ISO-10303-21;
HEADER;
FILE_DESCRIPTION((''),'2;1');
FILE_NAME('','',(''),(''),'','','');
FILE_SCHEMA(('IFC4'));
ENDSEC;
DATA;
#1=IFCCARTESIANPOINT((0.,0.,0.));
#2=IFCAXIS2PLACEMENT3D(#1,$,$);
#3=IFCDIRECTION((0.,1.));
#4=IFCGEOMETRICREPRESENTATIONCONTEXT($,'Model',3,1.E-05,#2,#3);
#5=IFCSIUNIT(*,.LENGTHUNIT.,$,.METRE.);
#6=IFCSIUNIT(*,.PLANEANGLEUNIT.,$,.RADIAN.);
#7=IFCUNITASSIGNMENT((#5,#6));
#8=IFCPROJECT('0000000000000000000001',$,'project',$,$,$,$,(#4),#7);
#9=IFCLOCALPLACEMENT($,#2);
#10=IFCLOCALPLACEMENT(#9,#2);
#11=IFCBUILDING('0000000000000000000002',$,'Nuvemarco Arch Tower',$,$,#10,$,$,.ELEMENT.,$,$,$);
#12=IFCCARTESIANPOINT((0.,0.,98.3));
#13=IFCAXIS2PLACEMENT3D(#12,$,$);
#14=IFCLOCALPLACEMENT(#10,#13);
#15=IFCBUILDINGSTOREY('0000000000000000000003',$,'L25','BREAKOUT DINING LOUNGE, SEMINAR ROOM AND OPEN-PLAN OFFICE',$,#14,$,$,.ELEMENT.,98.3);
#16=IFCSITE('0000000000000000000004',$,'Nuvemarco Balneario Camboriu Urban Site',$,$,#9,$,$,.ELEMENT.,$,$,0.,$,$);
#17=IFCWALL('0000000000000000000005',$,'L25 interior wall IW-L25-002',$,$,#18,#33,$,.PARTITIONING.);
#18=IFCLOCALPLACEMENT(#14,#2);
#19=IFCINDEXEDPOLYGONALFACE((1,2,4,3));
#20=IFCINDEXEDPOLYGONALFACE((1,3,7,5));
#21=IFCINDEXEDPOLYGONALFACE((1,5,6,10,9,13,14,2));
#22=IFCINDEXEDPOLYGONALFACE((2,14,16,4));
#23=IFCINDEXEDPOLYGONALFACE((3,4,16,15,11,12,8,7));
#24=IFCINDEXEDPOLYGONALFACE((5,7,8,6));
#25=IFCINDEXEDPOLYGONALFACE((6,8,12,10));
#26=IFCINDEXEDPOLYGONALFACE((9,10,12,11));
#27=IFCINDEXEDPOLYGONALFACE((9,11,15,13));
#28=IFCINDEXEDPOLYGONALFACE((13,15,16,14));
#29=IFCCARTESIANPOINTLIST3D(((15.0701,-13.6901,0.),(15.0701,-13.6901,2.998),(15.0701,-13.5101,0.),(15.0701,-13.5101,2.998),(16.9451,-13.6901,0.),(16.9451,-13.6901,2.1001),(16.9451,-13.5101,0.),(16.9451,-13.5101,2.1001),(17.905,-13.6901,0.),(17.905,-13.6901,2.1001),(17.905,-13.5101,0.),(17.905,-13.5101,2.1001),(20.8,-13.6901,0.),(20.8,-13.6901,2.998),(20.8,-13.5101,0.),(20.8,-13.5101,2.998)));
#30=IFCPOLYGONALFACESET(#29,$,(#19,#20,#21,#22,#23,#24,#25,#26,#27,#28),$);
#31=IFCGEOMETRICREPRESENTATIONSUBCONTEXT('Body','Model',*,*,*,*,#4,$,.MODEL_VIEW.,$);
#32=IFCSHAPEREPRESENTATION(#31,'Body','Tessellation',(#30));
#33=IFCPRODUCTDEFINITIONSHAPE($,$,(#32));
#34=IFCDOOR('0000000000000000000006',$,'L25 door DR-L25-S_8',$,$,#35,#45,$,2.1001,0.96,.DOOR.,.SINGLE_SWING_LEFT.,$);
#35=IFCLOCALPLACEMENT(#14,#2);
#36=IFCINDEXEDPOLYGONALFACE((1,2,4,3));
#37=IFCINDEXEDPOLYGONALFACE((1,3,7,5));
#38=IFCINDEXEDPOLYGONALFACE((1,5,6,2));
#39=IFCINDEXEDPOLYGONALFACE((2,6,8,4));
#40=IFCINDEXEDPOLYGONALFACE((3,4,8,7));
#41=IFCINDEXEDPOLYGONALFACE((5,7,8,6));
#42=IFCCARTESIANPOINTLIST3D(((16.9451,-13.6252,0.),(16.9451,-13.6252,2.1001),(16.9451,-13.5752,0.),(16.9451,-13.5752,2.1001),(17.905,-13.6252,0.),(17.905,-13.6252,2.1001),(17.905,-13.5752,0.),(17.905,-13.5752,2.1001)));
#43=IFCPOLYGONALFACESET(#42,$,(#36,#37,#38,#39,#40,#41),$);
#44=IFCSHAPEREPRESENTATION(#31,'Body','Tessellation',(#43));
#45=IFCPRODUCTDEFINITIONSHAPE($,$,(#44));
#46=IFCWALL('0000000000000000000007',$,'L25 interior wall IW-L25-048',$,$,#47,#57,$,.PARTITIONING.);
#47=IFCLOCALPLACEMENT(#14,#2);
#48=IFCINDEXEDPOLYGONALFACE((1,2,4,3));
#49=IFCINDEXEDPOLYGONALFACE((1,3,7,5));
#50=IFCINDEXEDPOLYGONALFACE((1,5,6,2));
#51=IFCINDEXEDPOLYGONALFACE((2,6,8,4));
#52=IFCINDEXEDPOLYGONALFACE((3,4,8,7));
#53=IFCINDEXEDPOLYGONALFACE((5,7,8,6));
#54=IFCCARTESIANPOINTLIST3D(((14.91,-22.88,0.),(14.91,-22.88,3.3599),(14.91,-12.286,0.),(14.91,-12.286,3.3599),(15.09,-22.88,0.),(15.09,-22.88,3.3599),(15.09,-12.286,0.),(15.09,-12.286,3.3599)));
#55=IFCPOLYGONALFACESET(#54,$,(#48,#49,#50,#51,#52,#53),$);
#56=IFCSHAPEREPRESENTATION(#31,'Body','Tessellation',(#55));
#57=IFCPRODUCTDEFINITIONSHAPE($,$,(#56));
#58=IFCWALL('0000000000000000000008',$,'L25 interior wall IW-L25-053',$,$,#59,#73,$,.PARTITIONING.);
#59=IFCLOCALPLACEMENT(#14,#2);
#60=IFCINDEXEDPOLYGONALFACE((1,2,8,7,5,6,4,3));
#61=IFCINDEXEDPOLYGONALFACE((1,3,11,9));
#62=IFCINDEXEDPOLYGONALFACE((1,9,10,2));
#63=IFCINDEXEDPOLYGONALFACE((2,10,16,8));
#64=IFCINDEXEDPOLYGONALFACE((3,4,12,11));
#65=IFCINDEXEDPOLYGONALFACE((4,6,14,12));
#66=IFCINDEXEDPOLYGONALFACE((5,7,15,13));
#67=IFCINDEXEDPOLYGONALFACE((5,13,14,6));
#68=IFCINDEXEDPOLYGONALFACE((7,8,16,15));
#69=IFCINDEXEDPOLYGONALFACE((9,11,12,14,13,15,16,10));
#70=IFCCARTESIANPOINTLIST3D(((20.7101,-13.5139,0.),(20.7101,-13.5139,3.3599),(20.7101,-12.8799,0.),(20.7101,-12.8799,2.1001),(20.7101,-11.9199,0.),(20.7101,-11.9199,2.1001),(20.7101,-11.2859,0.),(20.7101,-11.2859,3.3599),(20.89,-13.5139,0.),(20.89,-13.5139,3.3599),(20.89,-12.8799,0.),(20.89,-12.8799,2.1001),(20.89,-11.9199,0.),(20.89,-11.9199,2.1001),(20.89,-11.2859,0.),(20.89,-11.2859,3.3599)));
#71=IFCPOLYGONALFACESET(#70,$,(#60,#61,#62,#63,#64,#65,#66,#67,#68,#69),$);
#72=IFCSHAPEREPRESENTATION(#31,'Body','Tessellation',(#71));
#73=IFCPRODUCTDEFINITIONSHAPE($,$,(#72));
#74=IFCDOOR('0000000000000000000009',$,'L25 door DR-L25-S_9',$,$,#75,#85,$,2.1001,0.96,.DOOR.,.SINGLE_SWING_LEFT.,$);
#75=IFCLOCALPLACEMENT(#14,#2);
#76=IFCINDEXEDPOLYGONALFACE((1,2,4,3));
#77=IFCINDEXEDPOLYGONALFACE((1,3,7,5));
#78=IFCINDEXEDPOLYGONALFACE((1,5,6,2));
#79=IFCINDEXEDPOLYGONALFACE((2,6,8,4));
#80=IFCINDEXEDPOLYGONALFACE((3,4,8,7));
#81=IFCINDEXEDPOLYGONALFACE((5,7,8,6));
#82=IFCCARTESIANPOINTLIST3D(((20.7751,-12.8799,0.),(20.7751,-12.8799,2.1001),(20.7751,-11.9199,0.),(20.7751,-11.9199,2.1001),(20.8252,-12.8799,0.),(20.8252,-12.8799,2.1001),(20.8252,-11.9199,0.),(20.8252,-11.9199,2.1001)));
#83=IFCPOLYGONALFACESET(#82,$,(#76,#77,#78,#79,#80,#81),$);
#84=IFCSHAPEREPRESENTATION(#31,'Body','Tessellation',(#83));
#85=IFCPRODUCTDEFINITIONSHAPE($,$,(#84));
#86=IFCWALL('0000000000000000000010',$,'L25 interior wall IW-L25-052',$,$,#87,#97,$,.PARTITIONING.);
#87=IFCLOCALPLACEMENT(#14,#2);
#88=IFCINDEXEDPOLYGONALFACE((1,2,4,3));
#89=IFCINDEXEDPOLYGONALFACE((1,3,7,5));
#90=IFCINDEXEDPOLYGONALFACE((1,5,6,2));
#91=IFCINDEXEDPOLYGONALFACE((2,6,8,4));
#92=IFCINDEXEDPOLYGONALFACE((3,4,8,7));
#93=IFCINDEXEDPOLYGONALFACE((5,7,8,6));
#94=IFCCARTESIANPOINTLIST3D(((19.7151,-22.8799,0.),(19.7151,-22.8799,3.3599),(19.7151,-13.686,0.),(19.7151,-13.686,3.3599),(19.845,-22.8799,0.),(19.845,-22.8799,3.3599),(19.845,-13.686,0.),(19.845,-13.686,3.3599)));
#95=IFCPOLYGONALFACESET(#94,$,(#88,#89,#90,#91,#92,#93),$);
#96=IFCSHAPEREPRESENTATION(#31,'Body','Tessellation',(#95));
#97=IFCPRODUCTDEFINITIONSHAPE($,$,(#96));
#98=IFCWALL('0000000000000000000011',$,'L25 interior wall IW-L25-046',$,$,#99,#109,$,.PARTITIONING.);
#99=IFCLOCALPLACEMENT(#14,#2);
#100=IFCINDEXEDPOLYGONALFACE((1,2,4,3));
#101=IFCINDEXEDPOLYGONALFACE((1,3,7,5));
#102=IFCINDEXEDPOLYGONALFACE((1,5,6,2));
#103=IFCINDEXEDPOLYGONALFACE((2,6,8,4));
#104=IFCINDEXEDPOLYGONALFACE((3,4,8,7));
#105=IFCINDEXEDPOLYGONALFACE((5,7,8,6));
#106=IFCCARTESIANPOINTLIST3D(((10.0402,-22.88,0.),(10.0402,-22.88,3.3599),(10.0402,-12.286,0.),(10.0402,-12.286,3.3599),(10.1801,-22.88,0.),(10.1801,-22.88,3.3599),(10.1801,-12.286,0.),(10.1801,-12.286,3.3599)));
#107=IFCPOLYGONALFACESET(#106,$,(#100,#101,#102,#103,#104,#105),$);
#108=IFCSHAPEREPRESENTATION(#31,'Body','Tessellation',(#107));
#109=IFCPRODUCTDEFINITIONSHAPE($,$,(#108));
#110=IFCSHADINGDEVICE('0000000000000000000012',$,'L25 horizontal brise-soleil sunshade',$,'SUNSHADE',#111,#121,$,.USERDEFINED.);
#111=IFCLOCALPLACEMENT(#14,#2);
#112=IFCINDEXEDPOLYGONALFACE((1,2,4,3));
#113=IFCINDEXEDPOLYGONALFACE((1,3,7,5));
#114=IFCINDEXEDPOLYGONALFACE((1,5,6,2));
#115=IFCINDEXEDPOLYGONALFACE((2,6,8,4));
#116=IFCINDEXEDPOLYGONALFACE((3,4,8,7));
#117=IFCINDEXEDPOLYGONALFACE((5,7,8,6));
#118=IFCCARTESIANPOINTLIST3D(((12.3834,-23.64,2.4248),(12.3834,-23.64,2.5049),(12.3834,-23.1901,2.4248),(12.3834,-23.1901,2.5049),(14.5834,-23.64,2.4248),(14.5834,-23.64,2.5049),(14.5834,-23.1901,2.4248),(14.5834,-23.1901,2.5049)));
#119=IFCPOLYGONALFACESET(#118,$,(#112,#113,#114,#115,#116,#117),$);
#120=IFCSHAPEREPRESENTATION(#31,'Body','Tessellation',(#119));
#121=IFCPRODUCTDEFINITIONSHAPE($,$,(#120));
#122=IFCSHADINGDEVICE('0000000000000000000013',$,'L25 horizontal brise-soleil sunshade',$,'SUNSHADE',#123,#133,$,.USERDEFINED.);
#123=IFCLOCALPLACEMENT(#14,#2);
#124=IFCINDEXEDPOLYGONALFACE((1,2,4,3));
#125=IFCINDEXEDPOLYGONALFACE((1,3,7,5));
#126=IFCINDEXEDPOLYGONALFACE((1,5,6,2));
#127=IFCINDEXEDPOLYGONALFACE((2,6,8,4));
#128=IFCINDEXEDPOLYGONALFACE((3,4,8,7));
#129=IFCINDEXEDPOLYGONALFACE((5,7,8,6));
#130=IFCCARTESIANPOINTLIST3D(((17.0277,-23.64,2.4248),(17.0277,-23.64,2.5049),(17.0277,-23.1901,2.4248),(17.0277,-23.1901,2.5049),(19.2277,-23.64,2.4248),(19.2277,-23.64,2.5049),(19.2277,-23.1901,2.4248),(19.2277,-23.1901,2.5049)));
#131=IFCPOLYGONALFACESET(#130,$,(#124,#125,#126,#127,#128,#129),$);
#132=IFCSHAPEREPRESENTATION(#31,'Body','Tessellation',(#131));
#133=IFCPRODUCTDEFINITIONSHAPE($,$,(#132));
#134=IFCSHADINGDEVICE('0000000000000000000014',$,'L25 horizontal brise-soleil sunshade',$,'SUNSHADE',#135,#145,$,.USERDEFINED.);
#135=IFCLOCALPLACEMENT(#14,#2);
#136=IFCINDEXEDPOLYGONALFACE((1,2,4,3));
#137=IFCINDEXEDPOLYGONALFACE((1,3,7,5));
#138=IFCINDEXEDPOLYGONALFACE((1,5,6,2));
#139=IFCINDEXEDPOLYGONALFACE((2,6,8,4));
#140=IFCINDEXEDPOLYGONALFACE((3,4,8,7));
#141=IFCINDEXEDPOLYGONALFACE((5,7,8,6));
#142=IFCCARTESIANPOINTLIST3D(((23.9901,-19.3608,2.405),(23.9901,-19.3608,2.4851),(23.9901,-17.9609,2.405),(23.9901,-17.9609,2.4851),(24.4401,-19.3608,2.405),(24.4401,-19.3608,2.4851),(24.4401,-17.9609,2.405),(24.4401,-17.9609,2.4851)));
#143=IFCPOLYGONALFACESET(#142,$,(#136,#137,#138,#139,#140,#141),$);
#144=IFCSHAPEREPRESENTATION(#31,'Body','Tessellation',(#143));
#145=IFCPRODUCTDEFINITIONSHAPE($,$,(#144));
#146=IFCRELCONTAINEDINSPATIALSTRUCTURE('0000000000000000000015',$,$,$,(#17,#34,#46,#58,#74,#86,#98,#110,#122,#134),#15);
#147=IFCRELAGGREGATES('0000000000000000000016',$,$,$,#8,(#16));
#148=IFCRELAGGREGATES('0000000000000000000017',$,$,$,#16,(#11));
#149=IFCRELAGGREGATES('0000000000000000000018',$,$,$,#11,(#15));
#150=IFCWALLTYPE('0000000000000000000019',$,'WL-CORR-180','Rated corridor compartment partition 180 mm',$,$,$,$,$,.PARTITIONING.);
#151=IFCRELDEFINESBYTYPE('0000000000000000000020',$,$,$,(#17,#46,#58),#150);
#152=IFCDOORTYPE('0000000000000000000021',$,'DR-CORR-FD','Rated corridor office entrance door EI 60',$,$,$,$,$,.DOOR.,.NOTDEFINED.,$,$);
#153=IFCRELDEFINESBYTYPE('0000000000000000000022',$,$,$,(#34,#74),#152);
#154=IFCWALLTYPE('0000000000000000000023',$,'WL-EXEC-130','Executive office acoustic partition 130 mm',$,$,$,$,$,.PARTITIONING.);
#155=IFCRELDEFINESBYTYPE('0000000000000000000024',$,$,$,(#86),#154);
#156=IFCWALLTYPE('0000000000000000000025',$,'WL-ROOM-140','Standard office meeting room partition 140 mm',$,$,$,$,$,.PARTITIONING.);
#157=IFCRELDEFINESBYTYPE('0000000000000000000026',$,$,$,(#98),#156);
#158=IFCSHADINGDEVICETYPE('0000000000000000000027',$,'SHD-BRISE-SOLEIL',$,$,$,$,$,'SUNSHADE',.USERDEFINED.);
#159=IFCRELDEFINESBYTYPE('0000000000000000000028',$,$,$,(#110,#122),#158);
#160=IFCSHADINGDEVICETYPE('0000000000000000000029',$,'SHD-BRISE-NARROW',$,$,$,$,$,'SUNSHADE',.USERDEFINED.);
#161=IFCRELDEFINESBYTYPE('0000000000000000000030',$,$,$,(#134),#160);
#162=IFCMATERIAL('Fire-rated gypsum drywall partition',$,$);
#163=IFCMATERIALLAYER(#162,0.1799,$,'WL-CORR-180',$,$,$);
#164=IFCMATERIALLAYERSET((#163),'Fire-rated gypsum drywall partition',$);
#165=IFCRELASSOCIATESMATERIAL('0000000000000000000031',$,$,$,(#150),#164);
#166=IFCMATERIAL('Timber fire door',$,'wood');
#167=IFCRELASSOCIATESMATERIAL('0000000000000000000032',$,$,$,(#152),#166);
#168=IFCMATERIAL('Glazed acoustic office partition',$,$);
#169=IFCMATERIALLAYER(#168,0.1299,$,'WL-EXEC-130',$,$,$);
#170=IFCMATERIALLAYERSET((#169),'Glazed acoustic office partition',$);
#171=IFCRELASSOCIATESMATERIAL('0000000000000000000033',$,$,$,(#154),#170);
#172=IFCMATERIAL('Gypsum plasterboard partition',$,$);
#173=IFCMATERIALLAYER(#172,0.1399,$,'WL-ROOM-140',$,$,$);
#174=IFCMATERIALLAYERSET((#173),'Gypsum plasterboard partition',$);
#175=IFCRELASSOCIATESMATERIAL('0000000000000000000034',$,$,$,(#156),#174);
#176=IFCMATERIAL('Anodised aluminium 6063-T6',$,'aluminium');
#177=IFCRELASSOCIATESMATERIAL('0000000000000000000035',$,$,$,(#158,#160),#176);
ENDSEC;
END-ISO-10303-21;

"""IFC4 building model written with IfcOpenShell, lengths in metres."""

from ifc_helpers import new_model, si_unit, direction, frame, frame_2d, origin, origin_2d, place, context, subcontext, project, spatial, rectangle, extrude, source, transform, mapped, material, layer, layer_set, type_object, type_shapes, element, fill, save


model = new_model("IFC4")

# Units and contexts
model_context = context("Model", 3, precision=1e-05, world=origin(), true_north=direction((0.0, 1.0)))
body_context = subcontext(model_context, "Body", "Model", "MODEL_VIEW")
ifc_project = project(units=[si_unit("LENGTHUNIT", "METRE"), si_unit("PLANEANGLEUNIT", "RADIAN")], contexts=[model_context])

# Site, building, storey
site_placement = place(None, origin())
site = spatial("IfcSite", under=ifc_project, at=site_placement, Name="Nuvemarco Balneario Camboriu Urban Site", CompositionType="ELEMENT", RefElevation=0.0)
building_placement = place(site_placement, origin())
building = spatial("IfcBuilding", under=site, at=building_placement, Name="Nuvemarco Arch Tower", CompositionType="ELEMENT")
storey_placement = place(building_placement, frame((0.0, 0.0, 98.3)))
storey = spatial("IfcBuildingStorey", under=building, at=storey_placement, Name="L25", Description="BREAKOUT DINING LOUNGE, SEMINAR ROOM AND OPEN-PLAN OFFICE", CompositionType="ELEMENT", Elevation=98.3)

# Wall, opening, door
ifc_material_1 = material(Name="Fire-rated gypsum drywall partition")
ifc_layer_1 = layer(ifc_material_1, 0.1799, Name="WL-CORR-180")
ifc_layer_set_1 = layer_set([ifc_layer_1], Name="Fire-rated gypsum drywall partition")
wall_type_1 = type_object("IfcWallType", Name="WL-CORR-180", Description="Rated corridor compartment partition 180 mm", PredefinedType="PARTITIONING", material=ifc_layer_set_1)
wall_1_placement = place(storey_placement, frame((15.0701, -13.6001, 0.0), z_axis=(0.0, 0.0, 1.0), x_axis=(1.0, 0.0, 0.0)))
wall_1 = element("IfcWall", 1, at=wall_1_placement, inside=storey, type_object=wall_type_1, Name="L25 interior wall IW-L25-002", PredefinedType="PARTITIONING", context=body_context, shape_type="SweptSolid", body=[
    extrude(rectangle(XDim=5.73, YDim=0.1799, at=frame_2d((2.865, 0.0))), origin(), (0.0, 0.0, 1.0), 2.998),
])
opening_1_placement = place(wall_1_placement, frame((1.875, 0.0, 0.0)))
opening_1 = element("IfcOpeningElement", 2, at=opening_1_placement, cuts=wall_1, PredefinedType="OPENING", context=body_context, shape_type="SweptSolid", body=[
    extrude(rectangle(XDim=0.96, YDim=2.1001, at=frame_2d((0.48, 1.05))), frame((0.0, 0.0999, 0.0), z_axis=(0.0, -1.0, 0.0), x_axis=(1.0, 0.0, 0.0)), (0.0, 0.0, 1.0), 0.2),
])
ifc_material_2 = material(Name="Timber fire door", Category="wood")
door_type = type_object("IfcDoorType", Name="DR-CORR-FD", Description="Rated corridor office entrance door EI 60", OperationType="NOTDEFINED", PredefinedType="DOOR", material=ifc_material_2)
shared_shape_1 = source(origin(), body_context, "Body", "SweptSolid", [
    extrude(rectangle(XDim=0.96, YDim=2.1001, at=frame_2d((0.48, 1.05))), frame((0.0, 0.0249, 0.0), z_axis=(0.0, -1.0, 0.0), x_axis=(1.0, 0.0, 0.0)), (0.0, 0.0, 1.0), 0.05),
])
type_shapes(door_type, [shared_shape_1])
door_1_placement = place(opening_1_placement, origin())
door_1 = element("IfcDoor", 3, at=door_1_placement, inside=storey, type_object=door_type, Name="L25 door DR-L25-S_8", OperationType="SINGLE_SWING_LEFT", OverallHeight=2.1001, OverallWidth=0.96, PredefinedType="DOOR", context=body_context, shape_type="MappedRepresentation", body=[
    mapped(shared_shape_1, transform((0.0, 0.0, 0.0), scale=1.0)),
])
fill(opening_1, door_1)

# Wall
wall_2_placement = place(storey_placement, frame((15.0, -22.8799, 0.0), z_axis=(0.0, 0.0, 1.0), x_axis=(0.0, 1.0, 0.0)))
element("IfcWall", 4, at=wall_2_placement, inside=storey, type_object=wall_type_1, Name="L25 interior wall IW-L25-048", PredefinedType="PARTITIONING", context=body_context, shape_type="SweptSolid", body=[
    extrude(rectangle(XDim=10.594, YDim=0.1799, at=frame_2d((5.2969, 0.0))), origin(), (0.0, 0.0, 1.0), 3.3599),
])

# Wall, opening, door
wall_3_placement = place(storey_placement, frame((20.8, -13.5139, 0.0), z_axis=(0.0, 0.0, 1.0), x_axis=(0.0, 1.0, 0.0)))
wall_3 = element("IfcWall", 5, at=wall_3_placement, inside=storey, type_object=wall_type_1, Name="L25 interior wall IW-L25-053", PredefinedType="PARTITIONING", context=body_context, shape_type="SweptSolid", body=[
    extrude(rectangle(XDim=2.228, YDim=0.1799, at=frame_2d((1.114, 0.0))), origin(), (0.0, 0.0, 1.0), 3.3599),
])
opening_2_placement = place(wall_3_placement, frame((0.634, 0.0, 0.0)))
opening_2 = element("IfcOpeningElement", 6, at=opening_2_placement, cuts=wall_3, PredefinedType="OPENING", context=body_context, shape_type="SweptSolid", body=[
    extrude(rectangle(XDim=0.96, YDim=2.1001, at=frame_2d((0.48, 1.05))), frame((0.0, 0.0999, 0.0), z_axis=(0.0, -1.0, 0.0), x_axis=(1.0, 0.0, 0.0)), (0.0, 0.0, 1.0), 0.2),
])
door_2_placement = place(opening_2_placement, origin())
door_2 = element("IfcDoor", 7, at=door_2_placement, inside=storey, type_object=door_type, Name="L25 door DR-L25-S_9", OperationType="SINGLE_SWING_LEFT", OverallHeight=2.1001, OverallWidth=0.96, PredefinedType="DOOR", context=body_context, shape_type="MappedRepresentation", body=[
    mapped(shared_shape_1, transform((0.0, 0.0, 0.0), scale=1.0)),
])
fill(opening_2, door_2)

# Walls
ifc_material_3 = material(Name="Glazed acoustic office partition")
ifc_layer_2 = layer(ifc_material_3, 0.1299, Name="WL-EXEC-130")
ifc_layer_set_2 = layer_set([ifc_layer_2], Name="Glazed acoustic office partition")
wall_type_2 = type_object("IfcWallType", Name="WL-EXEC-130", Description="Executive office acoustic partition 130 mm", PredefinedType="PARTITIONING", material=ifc_layer_set_2)
wall_4_placement = place(storey_placement, frame((19.78, -22.8799, 0.0), z_axis=(0.0, 0.0, 1.0), x_axis=(0.0, 1.0, 0.0)))
element("IfcWall", 8, at=wall_4_placement, inside=storey, type_object=wall_type_2, Name="L25 interior wall IW-L25-052", PredefinedType="PARTITIONING", context=body_context, shape_type="SweptSolid", body=[
    extrude(rectangle(XDim=9.1938, YDim=0.1299, at=frame_2d((4.5969, 0.0))), origin(), (0.0, 0.0, 1.0), 3.3599),
])
ifc_material_4 = material(Name="Gypsum plasterboard partition")
ifc_layer_3 = layer(ifc_material_4, 0.1399, Name="WL-ROOM-140")
ifc_layer_set_3 = layer_set([ifc_layer_3], Name="Gypsum plasterboard partition")
wall_type_3 = type_object("IfcWallType", Name="WL-ROOM-140", Description="Standard office meeting room partition 140 mm", PredefinedType="PARTITIONING", material=ifc_layer_set_3)
wall_5_placement = place(storey_placement, frame((10.1101, -22.8799, 0.0), z_axis=(0.0, 0.0, 1.0), x_axis=(0.0, 1.0, 0.0)))
element("IfcWall", 9, at=wall_5_placement, inside=storey, type_object=wall_type_3, Name="L25 interior wall IW-L25-046", PredefinedType="PARTITIONING", context=body_context, shape_type="SweptSolid", body=[
    extrude(rectangle(XDim=10.594, YDim=0.1399, at=frame_2d((5.2969, 0.0))), origin(), (0.0, 0.0, 1.0), 3.3599),
])

# Shading devices
ifc_material_5 = material(Name="Anodised aluminium 6063-T6", Category="aluminium")
shading_device_type_1 = type_object("IfcShadingDeviceType", Name="SHD-BRISE-SOLEIL", ElementType="SUNSHADE", PredefinedType="USERDEFINED", material=ifc_material_5)
shared_shape_2 = source(origin(), body_context, "Body", "SweptSolid", [
    extrude(rectangle(XDim=2.2, YDim=0.45, at=origin_2d()), origin(), (0.0, 0.0, 1.0), 0.0801),
])
type_shapes(shading_device_type_1, [shared_shape_2])
for number, where, z_axis, x_axis, name in (
    (10, (13.4834, -23.415, 2.4248), (0.0, 0.0, 1.0), (1.0, 0.0, 0.0), "L25 horizontal brise-soleil sunshade"),
    (11, (18.1277, -23.415, 2.4248), (0.0, 0.0, 1.0), (1.0, 0.0, 0.0), "L25 horizontal brise-soleil sunshade"),
):
    element("IfcShadingDevice", number, at=place(storey_placement, frame(where, z_axis=z_axis, x_axis=x_axis)), inside=storey, type_object=shading_device_type_1, Name=name, ObjectType="SUNSHADE", PredefinedType="USERDEFINED", context=body_context, shape_type="MappedRepresentation", body=[
        mapped(shared_shape_2, transform((0.0, 0.0, 0.0), scale=1.0)),
    ])
shading_device_type_2 = type_object("IfcShadingDeviceType", Name="SHD-BRISE-NARROW", ElementType="SUNSHADE", PredefinedType="USERDEFINED", material=ifc_material_5)
shared_shape_3 = source(origin(), body_context, "Body", "SweptSolid", [
    extrude(rectangle(XDim=1.3999, YDim=0.45, at=origin_2d()), origin(), (0.0, 0.0, 1.0), 0.0801),
])
type_shapes(shading_device_type_2, [shared_shape_3])
shading_device_placement = place(storey_placement, frame((24.2151, -18.6609, 2.405), z_axis=(0.0, 0.0, 1.0), x_axis=(0.0, 1.0, 0.0)))
element("IfcShadingDevice", 12, at=shading_device_placement, inside=storey, type_object=shading_device_type_2, Name="L25 horizontal brise-soleil sunshade", ObjectType="SUNSHADE", PredefinedType="USERDEFINED", context=body_context, shape_type="MappedRepresentation", body=[
    mapped(shared_shape_3, transform((0.0, 0.0, 0.0), scale=1.0)),
])

save(model, "model.ifc")
